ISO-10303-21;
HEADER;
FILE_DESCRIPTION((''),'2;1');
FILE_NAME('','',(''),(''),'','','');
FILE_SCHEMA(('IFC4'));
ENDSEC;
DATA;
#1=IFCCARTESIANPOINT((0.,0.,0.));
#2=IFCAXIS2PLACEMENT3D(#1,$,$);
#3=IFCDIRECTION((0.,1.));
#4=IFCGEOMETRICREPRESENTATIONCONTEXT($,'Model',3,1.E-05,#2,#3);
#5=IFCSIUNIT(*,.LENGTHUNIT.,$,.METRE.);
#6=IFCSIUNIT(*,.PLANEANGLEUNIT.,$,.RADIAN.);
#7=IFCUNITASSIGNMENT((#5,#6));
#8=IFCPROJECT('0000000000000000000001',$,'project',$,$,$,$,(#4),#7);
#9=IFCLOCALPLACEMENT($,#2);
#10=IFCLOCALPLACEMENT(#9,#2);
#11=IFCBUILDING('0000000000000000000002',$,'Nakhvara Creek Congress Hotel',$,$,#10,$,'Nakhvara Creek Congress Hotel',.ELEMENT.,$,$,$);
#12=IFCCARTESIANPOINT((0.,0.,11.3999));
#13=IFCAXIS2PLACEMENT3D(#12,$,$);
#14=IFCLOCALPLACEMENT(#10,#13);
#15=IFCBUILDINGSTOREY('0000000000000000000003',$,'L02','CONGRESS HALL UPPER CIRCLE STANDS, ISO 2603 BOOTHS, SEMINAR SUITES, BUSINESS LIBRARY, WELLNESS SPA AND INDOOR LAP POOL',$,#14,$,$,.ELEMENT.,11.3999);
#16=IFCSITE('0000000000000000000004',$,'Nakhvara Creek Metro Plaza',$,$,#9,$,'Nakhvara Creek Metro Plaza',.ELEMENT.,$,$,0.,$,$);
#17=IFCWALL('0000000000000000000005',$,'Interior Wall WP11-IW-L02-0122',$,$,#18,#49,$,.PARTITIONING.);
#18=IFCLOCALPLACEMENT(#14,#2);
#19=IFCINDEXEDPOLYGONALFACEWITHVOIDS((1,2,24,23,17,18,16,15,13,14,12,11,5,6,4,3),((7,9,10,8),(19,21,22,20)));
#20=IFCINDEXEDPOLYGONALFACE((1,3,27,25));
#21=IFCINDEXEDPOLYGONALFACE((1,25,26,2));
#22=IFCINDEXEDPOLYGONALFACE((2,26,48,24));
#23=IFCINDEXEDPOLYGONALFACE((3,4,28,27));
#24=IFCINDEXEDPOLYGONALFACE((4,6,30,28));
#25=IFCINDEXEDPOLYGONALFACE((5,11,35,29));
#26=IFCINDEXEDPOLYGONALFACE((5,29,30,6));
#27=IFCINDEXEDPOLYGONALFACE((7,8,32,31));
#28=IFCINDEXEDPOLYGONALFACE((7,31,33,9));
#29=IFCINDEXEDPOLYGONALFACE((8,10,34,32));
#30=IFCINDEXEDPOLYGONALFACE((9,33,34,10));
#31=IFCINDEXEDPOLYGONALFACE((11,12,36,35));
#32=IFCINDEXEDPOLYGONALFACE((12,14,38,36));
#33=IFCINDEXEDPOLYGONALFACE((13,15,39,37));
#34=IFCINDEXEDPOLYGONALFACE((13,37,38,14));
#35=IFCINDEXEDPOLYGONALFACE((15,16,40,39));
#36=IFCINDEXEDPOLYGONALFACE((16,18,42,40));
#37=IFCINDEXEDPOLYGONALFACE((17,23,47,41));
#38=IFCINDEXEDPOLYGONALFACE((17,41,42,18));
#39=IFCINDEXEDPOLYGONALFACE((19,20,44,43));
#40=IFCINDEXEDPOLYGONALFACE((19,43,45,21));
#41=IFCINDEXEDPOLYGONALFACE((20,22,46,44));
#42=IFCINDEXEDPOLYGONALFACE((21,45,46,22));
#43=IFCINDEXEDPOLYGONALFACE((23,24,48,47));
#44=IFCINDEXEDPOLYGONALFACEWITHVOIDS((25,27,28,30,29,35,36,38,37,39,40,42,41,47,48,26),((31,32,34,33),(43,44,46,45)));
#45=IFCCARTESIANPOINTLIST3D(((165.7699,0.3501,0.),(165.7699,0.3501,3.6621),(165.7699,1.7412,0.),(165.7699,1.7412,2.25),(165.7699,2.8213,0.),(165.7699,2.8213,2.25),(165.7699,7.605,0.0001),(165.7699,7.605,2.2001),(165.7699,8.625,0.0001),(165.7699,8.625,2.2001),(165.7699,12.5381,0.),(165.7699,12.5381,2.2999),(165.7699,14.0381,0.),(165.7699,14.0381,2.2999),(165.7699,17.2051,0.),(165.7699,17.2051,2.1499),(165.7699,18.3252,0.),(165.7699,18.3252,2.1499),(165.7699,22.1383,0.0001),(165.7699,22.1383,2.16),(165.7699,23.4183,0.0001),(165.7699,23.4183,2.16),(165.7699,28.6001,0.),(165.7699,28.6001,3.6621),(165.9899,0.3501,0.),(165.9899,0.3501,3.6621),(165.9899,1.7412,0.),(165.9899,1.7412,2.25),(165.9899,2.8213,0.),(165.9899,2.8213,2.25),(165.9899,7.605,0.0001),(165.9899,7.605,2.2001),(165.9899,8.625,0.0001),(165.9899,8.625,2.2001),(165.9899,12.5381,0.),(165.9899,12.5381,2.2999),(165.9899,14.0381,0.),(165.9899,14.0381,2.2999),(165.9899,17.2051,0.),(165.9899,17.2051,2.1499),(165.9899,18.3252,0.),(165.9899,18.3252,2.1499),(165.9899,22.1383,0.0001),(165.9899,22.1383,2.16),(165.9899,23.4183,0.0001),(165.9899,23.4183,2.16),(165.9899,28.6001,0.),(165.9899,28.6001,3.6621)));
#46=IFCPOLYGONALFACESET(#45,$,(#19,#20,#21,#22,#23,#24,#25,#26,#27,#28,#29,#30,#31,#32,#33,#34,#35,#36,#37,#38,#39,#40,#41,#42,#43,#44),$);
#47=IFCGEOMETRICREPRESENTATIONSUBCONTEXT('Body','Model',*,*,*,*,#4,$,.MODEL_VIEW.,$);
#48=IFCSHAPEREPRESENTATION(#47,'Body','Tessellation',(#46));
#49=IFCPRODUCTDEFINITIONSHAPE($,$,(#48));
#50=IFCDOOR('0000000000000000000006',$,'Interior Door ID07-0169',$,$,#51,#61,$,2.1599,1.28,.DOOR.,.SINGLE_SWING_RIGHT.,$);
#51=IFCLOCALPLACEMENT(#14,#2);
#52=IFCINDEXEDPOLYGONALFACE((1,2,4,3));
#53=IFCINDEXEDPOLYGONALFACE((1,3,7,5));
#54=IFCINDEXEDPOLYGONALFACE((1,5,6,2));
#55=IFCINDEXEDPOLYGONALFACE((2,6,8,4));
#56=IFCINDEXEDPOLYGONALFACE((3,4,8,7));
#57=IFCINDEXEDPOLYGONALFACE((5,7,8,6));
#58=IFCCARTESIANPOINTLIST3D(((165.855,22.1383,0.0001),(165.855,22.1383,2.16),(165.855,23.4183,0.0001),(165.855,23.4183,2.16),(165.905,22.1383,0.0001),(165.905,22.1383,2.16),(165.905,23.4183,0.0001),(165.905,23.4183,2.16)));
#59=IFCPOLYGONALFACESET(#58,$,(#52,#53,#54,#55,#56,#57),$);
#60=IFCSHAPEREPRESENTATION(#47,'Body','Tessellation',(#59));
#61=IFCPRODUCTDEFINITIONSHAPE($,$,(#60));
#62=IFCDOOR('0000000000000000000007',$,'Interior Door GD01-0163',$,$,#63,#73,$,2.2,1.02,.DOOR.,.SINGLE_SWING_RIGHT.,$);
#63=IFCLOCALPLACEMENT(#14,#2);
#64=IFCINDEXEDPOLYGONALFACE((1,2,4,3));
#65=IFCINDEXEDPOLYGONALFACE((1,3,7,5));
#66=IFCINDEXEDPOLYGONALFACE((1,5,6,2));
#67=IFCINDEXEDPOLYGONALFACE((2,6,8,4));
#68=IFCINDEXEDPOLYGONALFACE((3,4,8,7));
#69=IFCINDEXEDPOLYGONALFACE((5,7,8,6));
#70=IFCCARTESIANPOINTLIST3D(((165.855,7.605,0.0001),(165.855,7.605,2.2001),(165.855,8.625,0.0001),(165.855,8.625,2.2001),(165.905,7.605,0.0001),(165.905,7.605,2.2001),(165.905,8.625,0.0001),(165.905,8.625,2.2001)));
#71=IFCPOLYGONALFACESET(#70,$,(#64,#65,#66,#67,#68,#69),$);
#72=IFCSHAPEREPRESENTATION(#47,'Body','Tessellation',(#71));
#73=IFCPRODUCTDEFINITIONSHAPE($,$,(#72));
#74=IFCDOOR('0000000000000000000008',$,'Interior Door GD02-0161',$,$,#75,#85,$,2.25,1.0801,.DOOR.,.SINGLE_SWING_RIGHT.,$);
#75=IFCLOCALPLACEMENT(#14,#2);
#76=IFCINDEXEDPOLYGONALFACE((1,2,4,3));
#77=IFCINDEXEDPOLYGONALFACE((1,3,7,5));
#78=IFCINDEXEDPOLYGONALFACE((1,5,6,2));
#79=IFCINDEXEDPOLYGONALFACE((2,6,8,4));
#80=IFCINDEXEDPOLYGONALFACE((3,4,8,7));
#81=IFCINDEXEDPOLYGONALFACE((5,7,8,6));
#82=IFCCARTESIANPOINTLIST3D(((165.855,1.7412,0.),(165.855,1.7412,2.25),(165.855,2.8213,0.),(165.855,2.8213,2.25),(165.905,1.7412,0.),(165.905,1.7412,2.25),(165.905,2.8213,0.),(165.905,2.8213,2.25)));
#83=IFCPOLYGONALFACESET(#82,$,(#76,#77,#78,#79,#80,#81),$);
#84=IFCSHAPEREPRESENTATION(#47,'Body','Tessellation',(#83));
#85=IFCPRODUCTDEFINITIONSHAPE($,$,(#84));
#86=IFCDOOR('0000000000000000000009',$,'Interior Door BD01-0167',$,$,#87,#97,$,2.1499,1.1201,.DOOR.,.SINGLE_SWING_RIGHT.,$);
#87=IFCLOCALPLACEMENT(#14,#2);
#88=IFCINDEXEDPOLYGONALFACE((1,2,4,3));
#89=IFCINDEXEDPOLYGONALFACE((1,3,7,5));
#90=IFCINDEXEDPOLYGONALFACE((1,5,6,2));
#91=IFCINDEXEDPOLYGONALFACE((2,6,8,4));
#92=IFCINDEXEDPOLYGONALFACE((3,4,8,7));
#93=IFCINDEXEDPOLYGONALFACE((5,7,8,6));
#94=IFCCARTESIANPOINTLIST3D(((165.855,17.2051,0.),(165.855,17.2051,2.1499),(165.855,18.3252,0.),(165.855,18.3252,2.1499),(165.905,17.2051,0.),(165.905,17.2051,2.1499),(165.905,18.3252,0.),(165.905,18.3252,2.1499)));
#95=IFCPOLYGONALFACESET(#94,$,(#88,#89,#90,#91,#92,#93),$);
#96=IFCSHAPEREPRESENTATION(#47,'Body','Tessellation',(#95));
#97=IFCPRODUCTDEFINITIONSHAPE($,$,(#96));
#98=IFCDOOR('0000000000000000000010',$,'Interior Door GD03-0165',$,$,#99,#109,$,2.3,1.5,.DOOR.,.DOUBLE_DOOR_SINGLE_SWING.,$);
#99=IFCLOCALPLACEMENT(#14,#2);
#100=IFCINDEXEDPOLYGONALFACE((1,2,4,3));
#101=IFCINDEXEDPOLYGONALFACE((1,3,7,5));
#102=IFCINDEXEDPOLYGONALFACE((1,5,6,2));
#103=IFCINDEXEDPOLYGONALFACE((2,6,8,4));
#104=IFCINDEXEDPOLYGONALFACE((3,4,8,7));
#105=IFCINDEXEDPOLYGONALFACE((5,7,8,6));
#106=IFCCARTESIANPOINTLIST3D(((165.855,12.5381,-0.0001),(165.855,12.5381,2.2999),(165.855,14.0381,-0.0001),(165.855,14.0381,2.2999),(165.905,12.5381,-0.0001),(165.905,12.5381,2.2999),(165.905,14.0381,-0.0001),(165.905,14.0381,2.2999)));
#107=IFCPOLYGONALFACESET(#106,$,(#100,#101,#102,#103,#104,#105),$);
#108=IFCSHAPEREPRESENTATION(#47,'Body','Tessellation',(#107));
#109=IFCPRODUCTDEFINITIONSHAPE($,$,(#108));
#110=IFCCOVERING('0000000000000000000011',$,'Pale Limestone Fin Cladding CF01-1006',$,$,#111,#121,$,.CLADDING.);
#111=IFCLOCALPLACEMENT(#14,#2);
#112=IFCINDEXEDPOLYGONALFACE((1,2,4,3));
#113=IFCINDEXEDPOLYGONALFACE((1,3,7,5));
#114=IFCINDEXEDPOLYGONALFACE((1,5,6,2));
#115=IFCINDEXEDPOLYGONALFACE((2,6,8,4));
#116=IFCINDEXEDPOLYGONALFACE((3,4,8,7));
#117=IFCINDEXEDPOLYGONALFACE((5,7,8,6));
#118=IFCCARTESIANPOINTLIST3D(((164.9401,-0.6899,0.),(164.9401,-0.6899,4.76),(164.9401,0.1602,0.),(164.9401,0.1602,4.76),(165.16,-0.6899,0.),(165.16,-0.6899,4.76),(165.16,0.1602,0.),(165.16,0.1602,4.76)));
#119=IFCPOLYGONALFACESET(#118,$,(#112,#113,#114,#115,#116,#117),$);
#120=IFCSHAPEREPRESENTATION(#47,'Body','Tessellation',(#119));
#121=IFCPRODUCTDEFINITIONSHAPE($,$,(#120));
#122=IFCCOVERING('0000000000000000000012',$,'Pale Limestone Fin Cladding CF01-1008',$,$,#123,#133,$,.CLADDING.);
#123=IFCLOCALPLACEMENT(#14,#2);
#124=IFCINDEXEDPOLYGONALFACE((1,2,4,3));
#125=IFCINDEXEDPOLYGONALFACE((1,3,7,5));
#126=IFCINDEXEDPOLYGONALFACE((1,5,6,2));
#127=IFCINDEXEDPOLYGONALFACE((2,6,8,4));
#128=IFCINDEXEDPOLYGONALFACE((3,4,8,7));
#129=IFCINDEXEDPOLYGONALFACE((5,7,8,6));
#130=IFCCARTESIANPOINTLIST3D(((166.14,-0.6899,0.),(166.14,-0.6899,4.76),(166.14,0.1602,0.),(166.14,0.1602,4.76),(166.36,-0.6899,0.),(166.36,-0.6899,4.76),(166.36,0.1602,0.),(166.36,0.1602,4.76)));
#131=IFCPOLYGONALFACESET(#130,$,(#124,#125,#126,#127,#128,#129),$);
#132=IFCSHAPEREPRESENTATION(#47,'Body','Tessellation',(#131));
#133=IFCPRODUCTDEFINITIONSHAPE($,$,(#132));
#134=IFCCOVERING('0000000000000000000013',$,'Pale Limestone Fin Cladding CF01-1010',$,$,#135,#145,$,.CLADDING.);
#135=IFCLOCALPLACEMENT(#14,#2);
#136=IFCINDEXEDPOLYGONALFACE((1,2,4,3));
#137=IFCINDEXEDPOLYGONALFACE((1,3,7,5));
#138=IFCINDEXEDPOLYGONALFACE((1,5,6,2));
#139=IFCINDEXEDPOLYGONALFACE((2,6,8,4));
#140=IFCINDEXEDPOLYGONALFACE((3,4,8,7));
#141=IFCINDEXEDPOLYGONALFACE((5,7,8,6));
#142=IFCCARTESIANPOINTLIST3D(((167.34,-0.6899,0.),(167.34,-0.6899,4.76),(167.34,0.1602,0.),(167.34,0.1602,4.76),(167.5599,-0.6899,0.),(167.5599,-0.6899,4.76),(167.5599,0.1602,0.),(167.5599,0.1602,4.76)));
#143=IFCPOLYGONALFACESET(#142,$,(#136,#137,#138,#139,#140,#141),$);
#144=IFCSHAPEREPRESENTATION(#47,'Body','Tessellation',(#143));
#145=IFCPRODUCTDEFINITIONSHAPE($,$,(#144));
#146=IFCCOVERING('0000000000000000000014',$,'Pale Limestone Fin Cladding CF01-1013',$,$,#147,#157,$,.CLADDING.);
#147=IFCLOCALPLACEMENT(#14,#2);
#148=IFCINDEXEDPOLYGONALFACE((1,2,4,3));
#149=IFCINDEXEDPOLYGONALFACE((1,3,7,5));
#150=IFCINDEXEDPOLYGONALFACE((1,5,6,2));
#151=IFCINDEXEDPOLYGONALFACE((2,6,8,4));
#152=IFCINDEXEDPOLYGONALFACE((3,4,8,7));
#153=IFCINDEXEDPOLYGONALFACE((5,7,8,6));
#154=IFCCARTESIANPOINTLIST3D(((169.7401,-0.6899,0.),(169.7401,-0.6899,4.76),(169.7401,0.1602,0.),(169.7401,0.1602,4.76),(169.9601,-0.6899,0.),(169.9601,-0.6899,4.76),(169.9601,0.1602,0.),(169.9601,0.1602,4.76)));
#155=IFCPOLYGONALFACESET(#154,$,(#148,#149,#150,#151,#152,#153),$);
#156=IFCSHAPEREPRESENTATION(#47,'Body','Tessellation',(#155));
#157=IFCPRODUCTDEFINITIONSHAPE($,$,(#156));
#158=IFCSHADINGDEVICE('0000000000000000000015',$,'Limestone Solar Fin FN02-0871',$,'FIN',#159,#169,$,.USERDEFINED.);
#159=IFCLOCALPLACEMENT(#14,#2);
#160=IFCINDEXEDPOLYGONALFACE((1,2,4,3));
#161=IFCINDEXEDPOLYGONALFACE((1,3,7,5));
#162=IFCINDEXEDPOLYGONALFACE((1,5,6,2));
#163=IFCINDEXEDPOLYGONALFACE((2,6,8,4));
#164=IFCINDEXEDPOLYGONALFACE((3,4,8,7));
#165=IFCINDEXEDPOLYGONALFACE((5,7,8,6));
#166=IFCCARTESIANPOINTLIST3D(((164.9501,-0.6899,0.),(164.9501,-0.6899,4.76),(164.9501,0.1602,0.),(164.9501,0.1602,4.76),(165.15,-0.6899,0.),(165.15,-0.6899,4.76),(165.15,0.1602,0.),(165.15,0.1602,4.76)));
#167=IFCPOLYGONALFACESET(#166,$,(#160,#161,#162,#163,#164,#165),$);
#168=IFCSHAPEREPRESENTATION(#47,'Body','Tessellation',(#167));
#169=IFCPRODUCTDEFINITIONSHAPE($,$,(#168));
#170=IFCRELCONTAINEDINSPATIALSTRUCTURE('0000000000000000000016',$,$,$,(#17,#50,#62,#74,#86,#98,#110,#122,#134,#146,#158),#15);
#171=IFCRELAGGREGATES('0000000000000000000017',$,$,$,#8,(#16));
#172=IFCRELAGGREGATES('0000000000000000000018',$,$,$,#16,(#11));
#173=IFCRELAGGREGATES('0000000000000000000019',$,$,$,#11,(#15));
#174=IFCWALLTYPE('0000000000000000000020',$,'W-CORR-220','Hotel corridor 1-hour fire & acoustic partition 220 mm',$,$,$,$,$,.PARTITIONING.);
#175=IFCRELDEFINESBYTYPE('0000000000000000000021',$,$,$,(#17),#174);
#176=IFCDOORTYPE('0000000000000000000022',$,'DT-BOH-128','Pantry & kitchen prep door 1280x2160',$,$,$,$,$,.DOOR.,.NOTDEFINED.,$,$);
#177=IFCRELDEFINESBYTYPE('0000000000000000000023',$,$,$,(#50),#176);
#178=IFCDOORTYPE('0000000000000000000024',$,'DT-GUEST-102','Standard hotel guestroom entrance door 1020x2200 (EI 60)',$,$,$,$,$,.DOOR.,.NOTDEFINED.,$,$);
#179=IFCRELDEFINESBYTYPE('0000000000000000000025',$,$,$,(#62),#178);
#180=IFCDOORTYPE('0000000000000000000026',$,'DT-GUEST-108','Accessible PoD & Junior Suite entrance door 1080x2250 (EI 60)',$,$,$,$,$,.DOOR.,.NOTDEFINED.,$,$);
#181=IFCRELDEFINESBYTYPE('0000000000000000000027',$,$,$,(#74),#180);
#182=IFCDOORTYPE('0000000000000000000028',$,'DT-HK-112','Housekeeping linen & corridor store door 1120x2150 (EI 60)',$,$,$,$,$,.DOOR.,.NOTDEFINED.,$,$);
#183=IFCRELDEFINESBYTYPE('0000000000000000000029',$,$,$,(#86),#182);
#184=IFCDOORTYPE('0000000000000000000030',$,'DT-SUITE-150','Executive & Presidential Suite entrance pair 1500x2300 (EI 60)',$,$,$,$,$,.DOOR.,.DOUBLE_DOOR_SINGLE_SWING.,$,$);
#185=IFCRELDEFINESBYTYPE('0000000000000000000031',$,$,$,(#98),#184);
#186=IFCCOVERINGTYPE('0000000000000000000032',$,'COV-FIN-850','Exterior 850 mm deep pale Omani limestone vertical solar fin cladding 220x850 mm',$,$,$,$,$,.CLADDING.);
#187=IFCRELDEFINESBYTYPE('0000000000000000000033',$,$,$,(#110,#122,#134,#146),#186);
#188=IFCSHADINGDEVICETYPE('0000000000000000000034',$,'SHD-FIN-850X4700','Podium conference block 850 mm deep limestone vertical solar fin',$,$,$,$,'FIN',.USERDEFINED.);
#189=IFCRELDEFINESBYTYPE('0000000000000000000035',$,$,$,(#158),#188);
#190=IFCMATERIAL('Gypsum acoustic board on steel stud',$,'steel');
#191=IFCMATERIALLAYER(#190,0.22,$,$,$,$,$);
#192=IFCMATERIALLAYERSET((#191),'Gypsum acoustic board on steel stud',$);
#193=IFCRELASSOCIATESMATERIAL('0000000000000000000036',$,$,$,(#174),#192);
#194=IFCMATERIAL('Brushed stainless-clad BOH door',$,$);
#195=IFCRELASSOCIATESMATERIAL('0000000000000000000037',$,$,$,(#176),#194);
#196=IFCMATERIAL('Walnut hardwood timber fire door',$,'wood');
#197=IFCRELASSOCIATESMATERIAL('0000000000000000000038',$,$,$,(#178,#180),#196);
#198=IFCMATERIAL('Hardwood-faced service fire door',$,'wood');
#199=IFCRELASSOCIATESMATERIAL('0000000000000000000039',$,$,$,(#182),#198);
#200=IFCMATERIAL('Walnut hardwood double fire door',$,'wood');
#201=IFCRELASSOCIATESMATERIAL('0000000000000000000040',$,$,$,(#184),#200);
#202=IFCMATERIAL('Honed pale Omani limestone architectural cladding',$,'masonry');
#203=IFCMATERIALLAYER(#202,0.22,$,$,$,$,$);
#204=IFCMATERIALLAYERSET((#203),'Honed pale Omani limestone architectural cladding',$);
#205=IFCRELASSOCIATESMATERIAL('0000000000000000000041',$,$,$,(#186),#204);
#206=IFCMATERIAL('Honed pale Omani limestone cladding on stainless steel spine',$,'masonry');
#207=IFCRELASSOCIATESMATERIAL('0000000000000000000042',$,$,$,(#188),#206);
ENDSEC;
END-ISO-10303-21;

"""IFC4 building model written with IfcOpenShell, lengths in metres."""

from ifc_helpers import new_model, si_unit, direction, frame, frame_2d, origin, origin_2d, place, context, subcontext, project, spatial, rectangle, extrude, material, layer, layer_set, type_object, element, fill, save


model = new_model("IFC4")

# Units and contexts
model_context = context("Model", 3, precision=1e-05, world=origin(), true_north=direction((0.0, 1.0)))
body_context = subcontext(model_context, "Body", "Model", "MODEL_VIEW")
ifc_project = project(units=[si_unit("LENGTHUNIT", "METRE"), si_unit("PLANEANGLEUNIT", "RADIAN")], contexts=[model_context])

# Site, building, storey
site_placement = place(None, origin())
site = spatial("IfcSite", under=ifc_project, at=site_placement, Name="Nakhvara Creek Metro Plaza", LongName="Nakhvara Creek Metro Plaza", CompositionType="ELEMENT", RefElevation=0.0)
building_placement = place(site_placement, origin())
building = spatial("IfcBuilding", under=site, at=building_placement, Name="Nakhvara Creek Congress Hotel", LongName="Nakhvara Creek Congress Hotel", CompositionType="ELEMENT")
storey_placement = place(building_placement, frame((0.0, 0.0, 11.3999)))
storey = spatial("IfcBuildingStorey", under=building, at=storey_placement, Name="L02", Description="CONGRESS HALL UPPER CIRCLE STANDS, ISO 2603 BOOTHS, SEMINAR SUITES, BUSINESS LIBRARY, WELLNESS SPA AND INDOOR LAP POOL", CompositionType="ELEMENT", Elevation=11.3999)

# Wall, openings, doors
ifc_material_1 = material(Name="Gypsum acoustic board on steel stud", Category="steel")
ifc_layer_1 = layer(ifc_material_1, 0.22)
ifc_layer_set_1 = layer_set([ifc_layer_1], Name="Gypsum acoustic board on steel stud")
wall_type = type_object("IfcWallType", Name="W-CORR-220", Description="Hotel corridor 1-hour fire & acoustic partition 220 mm", PredefinedType="PARTITIONING", material=ifc_layer_set_1)
wall_placement = place(storey_placement, frame((165.8799, 0.3501, 0.0), z_axis=(0.0, 0.0, 1.0), x_axis=(0.0, 1.0, 0.0)))
wall = element("IfcWall", 1, at=wall_placement, inside=storey, type_object=wall_type, Name="Interior Wall WP11-IW-L02-0122", PredefinedType="PARTITIONING", context=body_context, shape_type="SweptSolid", body=[
    extrude(rectangle(XDim=28.25, YDim=0.22, at=frame_2d((14.125, 0.0))), origin(), (0.0, 0.0, 1.0), 3.6621),
])
opening_1_placement = place(wall_placement, frame((1.3911, 0.0, 0.0)))
opening_1 = element("IfcOpeningElement", 2, at=opening_1_placement, cuts=wall, PredefinedType="OPENING", context=body_context, shape_type="SweptSolid", body=[
    extrude(rectangle(XDim=1.0801, YDim=2.25, at=frame_2d((0.54, 1.125))), frame((0.0, 0.1221, 0.0), z_axis=(0.0, -1.0, 0.0), x_axis=(1.0, 0.0, 0.0)), (0.0, 0.0, 1.0), 0.2439),
])
opening_2_placement = place(wall_placement, frame((7.2549, 0.0, 0.0)))
opening_2 = element("IfcOpeningElement", 3, at=opening_2_placement, cuts=wall, PredefinedType="OPENING", context=body_context, shape_type="SweptSolid", body=[
    extrude(rectangle(XDim=1.02, YDim=2.2, at=frame_2d((0.51, 1.1001))), frame((0.0, 0.1221, 0.0), z_axis=(0.0, -1.0, 0.0), x_axis=(1.0, 0.0, 0.0)), (0.0, 0.0, 1.0), 0.2439),
])
opening_3_placement = place(wall_placement, frame((12.188, 0.0, 0.0)))
opening_3 = element("IfcOpeningElement", 4, at=opening_3_placement, cuts=wall, PredefinedType="OPENING", context=body_context, shape_type="SweptSolid", body=[
    extrude(rectangle(XDim=1.5, YDim=2.3, at=frame_2d((0.75, 1.1499))), frame((0.0, 0.1221, 0.0), z_axis=(0.0, -1.0, 0.0), x_axis=(1.0, 0.0, 0.0)), (0.0, 0.0, 1.0), 0.2439),
])
opening_4_placement = place(wall_placement, frame((16.855, 0.0, 0.0)))
opening_4 = element("IfcOpeningElement", 5, at=opening_4_placement, cuts=wall, PredefinedType="OPENING", context=body_context, shape_type="SweptSolid", body=[
    extrude(rectangle(XDim=1.1201, YDim=2.1499, at=frame_2d((0.5601, 1.075))), frame((0.0, 0.1221, 0.0), z_axis=(0.0, -1.0, 0.0), x_axis=(1.0, 0.0, 0.0)), (0.0, 0.0, 1.0), 0.2439),
])
opening_5_placement = place(wall_placement, frame((21.7881, 0.0, 0.0)))
opening_5 = element("IfcOpeningElement", 6, at=opening_5_placement, cuts=wall, PredefinedType="OPENING", context=body_context, shape_type="SweptSolid", body=[
    extrude(rectangle(XDim=1.28, YDim=2.1599, at=frame_2d((0.6401, 1.0801))), frame((0.0, 0.1221, 0.0), z_axis=(0.0, -1.0, 0.0), x_axis=(1.0, 0.0, 0.0)), (0.0, 0.0, 1.0), 0.2439),
])
ifc_material_2 = material(Name="Brushed stainless-clad BOH door")
door_type_1 = type_object("IfcDoorType", Name="DT-BOH-128", Description="Pantry & kitchen prep door 1280x2160", OperationType="NOTDEFINED", PredefinedType="DOOR", material=ifc_material_2)
door_1_placement = place(opening_5_placement, origin())
door_1 = element("IfcDoor", 7, at=door_1_placement, inside=storey, type_object=door_type_1, Name="Interior Door ID07-0169", OperationType="SINGLE_SWING_RIGHT", OverallHeight=2.1599, OverallWidth=1.28, PredefinedType="DOOR", context=body_context, shape_type="SweptSolid", body=[
    extrude(rectangle(XDim=1.28, YDim=2.1599, at=frame_2d((0.6401, 1.0801))), frame((0.0, 0.0249, 0.0), z_axis=(0.0, -1.0, 0.0), x_axis=(1.0, 0.0, 0.0)), (0.0, 0.0, 1.0), 0.05),
])
fill(opening_5, door_1)
ifc_material_3 = material(Name="Walnut hardwood timber fire door", Category="wood")
door_type_2 = type_object("IfcDoorType", Name="DT-GUEST-102", Description="Standard hotel guestroom entrance door 1020x2200 (EI 60)", OperationType="NOTDEFINED", PredefinedType="DOOR", material=ifc_material_3)
door_2_placement = place(opening_2_placement, origin())
door_2 = element("IfcDoor", 8, at=door_2_placement, inside=storey, type_object=door_type_2, Name="Interior Door GD01-0163", OperationType="SINGLE_SWING_RIGHT", OverallHeight=2.2, OverallWidth=1.02, PredefinedType="DOOR", context=body_context, shape_type="SweptSolid", body=[
    extrude(rectangle(XDim=1.02, YDim=2.2, at=frame_2d((0.51, 1.1001))), frame((0.0, 0.0249, 0.0), z_axis=(0.0, -1.0, 0.0), x_axis=(1.0, 0.0, 0.0)), (0.0, 0.0, 1.0), 0.05),
])
fill(opening_2, door_2)
door_type_3 = type_object("IfcDoorType", Name="DT-GUEST-108", Description="Accessible PoD & Junior Suite entrance door 1080x2250 (EI 60)", OperationType="NOTDEFINED", PredefinedType="DOOR", material=ifc_material_3)
door_3_placement = place(opening_1_placement, origin())
door_3 = element("IfcDoor", 9, at=door_3_placement, inside=storey, type_object=door_type_3, Name="Interior Door GD02-0161", OperationType="SINGLE_SWING_RIGHT", OverallHeight=2.25, OverallWidth=1.0801, PredefinedType="DOOR", context=body_context, shape_type="SweptSolid", body=[
    extrude(rectangle(XDim=1.0801, YDim=2.25, at=frame_2d((0.54, 1.125))), frame((0.0, 0.0249, 0.0), z_axis=(0.0, -1.0, 0.0), x_axis=(1.0, 0.0, 0.0)), (0.0, 0.0, 1.0), 0.05),
])
fill(opening_1, door_3)
ifc_material_4 = material(Name="Hardwood-faced service fire door", Category="wood")
door_type_4 = type_object("IfcDoorType", Name="DT-HK-112", Description="Housekeeping linen & corridor store door 1120x2150 (EI 60)", OperationType="NOTDEFINED", PredefinedType="DOOR", material=ifc_material_4)
door_4_placement = place(opening_4_placement, origin())
door_4 = element("IfcDoor", 10, at=door_4_placement, inside=storey, type_object=door_type_4, Name="Interior Door BD01-0167", OperationType="SINGLE_SWING_RIGHT", OverallHeight=2.1499, OverallWidth=1.1201, PredefinedType="DOOR", context=body_context, shape_type="SweptSolid", body=[
    extrude(rectangle(XDim=1.1201, YDim=2.1499, at=frame_2d((0.5601, 1.075))), frame((0.0, 0.0249, 0.0), z_axis=(0.0, -1.0, 0.0), x_axis=(1.0, 0.0, 0.0)), (0.0, 0.0, 1.0), 0.05),
])
fill(opening_4, door_4)
ifc_material_5 = material(Name="Walnut hardwood double fire door", Category="wood")
door_type_5 = type_object("IfcDoorType", Name="DT-SUITE-150", Description="Executive & Presidential Suite entrance pair 1500x2300 (EI 60)", OperationType="DOUBLE_DOOR_SINGLE_SWING", PredefinedType="DOOR", material=ifc_material_5)
door_5_placement = place(opening_3_placement, origin())
door_5 = element("IfcDoor", 11, at=door_5_placement, inside=storey, type_object=door_type_5, Name="Interior Door GD03-0165", OperationType="DOUBLE_DOOR_SINGLE_SWING", OverallHeight=2.3, OverallWidth=1.5, PredefinedType="DOOR", context=body_context, shape_type="SweptSolid", body=[
    extrude(rectangle(XDim=1.5, YDim=2.3, at=frame_2d((0.75, 1.1499))), frame((0.0, 0.0249, 0.0), z_axis=(0.0, -1.0, 0.0), x_axis=(1.0, 0.0, 0.0)), (0.0, 0.0, 1.0), 0.05),
])
fill(opening_3, door_5)

# Coverings
ifc_material_6 = material(Name="Honed pale Omani limestone architectural cladding", Category="masonry")
ifc_layer_2 = layer(ifc_material_6, 0.22)
ifc_layer_set_2 = layer_set([ifc_layer_2], Name="Honed pale Omani limestone architectural cladding")
covering_type = type_object("IfcCoveringType", Name="COV-FIN-850", Description="Exterior 850 mm deep pale Omani limestone vertical solar fin cladding 220x850 mm", PredefinedType="CLADDING", material=ifc_layer_set_2)
for number, where, z_axis, x_axis, name in (
    (12, (165.05, -0.2649, 0.0), (0.0, 0.0, 1.0), (1.0, 0.0, 0.0), "Pale Limestone Fin Cladding CF01-1006"),
    (13, (166.25, -0.2649, 0.0), (0.0, 0.0, 1.0), (1.0, 0.0, 0.0), "Pale Limestone Fin Cladding CF01-1008"),
    (14, (167.45, -0.2649, 0.0), (0.0, 0.0, 1.0), (1.0, 0.0, 0.0), "Pale Limestone Fin Cladding CF01-1010"),
    (15, (169.8501, -0.2649, 0.0), (0.0, 0.0, 1.0), (1.0, 0.0, 0.0), "Pale Limestone Fin Cladding CF01-1013"),
):
    element("IfcCovering", number, at=place(storey_placement, frame(where, z_axis=z_axis, x_axis=x_axis)), inside=storey, type_object=covering_type, Name=name, PredefinedType="CLADDING", context=body_context, shape_type="SweptSolid", body=[
        extrude(rectangle(XDim=0.22, YDim=0.8501, at=origin_2d()), origin(), (0.0, 0.0, 1.0), 4.76),
    ])

# Shading device
ifc_material_7 = material(Name="Honed pale Omani limestone cladding on stainless steel spine", Category="masonry")
shading_device_type = type_object("IfcShadingDeviceType", Name="SHD-FIN-850X4700", Description="Podium conference block 850 mm deep limestone vertical solar fin", ElementType="FIN", PredefinedType="USERDEFINED", material=ifc_material_7)
for number, where, z_axis, x_axis, name in (
    (16, (165.05, -0.2649, 0.0), (0.0, 0.0, 1.0), (1.0, 0.0, 0.0), "Limestone Solar Fin FN02-0871"),
):
    element("IfcShadingDevice", number, at=place(storey_placement, frame(where, z_axis=z_axis, x_axis=x_axis)), inside=storey, type_object=shading_device_type, Name=name, ObjectType="FIN", PredefinedType="USERDEFINED", context=body_context, shape_type="SweptSolid", body=[
        extrude(rectangle(XDim=0.2, YDim=0.8501, at=origin_2d()), origin(), (0.0, 0.0, 1.0), 4.76),
    ])

save(model, "model.ifc")
